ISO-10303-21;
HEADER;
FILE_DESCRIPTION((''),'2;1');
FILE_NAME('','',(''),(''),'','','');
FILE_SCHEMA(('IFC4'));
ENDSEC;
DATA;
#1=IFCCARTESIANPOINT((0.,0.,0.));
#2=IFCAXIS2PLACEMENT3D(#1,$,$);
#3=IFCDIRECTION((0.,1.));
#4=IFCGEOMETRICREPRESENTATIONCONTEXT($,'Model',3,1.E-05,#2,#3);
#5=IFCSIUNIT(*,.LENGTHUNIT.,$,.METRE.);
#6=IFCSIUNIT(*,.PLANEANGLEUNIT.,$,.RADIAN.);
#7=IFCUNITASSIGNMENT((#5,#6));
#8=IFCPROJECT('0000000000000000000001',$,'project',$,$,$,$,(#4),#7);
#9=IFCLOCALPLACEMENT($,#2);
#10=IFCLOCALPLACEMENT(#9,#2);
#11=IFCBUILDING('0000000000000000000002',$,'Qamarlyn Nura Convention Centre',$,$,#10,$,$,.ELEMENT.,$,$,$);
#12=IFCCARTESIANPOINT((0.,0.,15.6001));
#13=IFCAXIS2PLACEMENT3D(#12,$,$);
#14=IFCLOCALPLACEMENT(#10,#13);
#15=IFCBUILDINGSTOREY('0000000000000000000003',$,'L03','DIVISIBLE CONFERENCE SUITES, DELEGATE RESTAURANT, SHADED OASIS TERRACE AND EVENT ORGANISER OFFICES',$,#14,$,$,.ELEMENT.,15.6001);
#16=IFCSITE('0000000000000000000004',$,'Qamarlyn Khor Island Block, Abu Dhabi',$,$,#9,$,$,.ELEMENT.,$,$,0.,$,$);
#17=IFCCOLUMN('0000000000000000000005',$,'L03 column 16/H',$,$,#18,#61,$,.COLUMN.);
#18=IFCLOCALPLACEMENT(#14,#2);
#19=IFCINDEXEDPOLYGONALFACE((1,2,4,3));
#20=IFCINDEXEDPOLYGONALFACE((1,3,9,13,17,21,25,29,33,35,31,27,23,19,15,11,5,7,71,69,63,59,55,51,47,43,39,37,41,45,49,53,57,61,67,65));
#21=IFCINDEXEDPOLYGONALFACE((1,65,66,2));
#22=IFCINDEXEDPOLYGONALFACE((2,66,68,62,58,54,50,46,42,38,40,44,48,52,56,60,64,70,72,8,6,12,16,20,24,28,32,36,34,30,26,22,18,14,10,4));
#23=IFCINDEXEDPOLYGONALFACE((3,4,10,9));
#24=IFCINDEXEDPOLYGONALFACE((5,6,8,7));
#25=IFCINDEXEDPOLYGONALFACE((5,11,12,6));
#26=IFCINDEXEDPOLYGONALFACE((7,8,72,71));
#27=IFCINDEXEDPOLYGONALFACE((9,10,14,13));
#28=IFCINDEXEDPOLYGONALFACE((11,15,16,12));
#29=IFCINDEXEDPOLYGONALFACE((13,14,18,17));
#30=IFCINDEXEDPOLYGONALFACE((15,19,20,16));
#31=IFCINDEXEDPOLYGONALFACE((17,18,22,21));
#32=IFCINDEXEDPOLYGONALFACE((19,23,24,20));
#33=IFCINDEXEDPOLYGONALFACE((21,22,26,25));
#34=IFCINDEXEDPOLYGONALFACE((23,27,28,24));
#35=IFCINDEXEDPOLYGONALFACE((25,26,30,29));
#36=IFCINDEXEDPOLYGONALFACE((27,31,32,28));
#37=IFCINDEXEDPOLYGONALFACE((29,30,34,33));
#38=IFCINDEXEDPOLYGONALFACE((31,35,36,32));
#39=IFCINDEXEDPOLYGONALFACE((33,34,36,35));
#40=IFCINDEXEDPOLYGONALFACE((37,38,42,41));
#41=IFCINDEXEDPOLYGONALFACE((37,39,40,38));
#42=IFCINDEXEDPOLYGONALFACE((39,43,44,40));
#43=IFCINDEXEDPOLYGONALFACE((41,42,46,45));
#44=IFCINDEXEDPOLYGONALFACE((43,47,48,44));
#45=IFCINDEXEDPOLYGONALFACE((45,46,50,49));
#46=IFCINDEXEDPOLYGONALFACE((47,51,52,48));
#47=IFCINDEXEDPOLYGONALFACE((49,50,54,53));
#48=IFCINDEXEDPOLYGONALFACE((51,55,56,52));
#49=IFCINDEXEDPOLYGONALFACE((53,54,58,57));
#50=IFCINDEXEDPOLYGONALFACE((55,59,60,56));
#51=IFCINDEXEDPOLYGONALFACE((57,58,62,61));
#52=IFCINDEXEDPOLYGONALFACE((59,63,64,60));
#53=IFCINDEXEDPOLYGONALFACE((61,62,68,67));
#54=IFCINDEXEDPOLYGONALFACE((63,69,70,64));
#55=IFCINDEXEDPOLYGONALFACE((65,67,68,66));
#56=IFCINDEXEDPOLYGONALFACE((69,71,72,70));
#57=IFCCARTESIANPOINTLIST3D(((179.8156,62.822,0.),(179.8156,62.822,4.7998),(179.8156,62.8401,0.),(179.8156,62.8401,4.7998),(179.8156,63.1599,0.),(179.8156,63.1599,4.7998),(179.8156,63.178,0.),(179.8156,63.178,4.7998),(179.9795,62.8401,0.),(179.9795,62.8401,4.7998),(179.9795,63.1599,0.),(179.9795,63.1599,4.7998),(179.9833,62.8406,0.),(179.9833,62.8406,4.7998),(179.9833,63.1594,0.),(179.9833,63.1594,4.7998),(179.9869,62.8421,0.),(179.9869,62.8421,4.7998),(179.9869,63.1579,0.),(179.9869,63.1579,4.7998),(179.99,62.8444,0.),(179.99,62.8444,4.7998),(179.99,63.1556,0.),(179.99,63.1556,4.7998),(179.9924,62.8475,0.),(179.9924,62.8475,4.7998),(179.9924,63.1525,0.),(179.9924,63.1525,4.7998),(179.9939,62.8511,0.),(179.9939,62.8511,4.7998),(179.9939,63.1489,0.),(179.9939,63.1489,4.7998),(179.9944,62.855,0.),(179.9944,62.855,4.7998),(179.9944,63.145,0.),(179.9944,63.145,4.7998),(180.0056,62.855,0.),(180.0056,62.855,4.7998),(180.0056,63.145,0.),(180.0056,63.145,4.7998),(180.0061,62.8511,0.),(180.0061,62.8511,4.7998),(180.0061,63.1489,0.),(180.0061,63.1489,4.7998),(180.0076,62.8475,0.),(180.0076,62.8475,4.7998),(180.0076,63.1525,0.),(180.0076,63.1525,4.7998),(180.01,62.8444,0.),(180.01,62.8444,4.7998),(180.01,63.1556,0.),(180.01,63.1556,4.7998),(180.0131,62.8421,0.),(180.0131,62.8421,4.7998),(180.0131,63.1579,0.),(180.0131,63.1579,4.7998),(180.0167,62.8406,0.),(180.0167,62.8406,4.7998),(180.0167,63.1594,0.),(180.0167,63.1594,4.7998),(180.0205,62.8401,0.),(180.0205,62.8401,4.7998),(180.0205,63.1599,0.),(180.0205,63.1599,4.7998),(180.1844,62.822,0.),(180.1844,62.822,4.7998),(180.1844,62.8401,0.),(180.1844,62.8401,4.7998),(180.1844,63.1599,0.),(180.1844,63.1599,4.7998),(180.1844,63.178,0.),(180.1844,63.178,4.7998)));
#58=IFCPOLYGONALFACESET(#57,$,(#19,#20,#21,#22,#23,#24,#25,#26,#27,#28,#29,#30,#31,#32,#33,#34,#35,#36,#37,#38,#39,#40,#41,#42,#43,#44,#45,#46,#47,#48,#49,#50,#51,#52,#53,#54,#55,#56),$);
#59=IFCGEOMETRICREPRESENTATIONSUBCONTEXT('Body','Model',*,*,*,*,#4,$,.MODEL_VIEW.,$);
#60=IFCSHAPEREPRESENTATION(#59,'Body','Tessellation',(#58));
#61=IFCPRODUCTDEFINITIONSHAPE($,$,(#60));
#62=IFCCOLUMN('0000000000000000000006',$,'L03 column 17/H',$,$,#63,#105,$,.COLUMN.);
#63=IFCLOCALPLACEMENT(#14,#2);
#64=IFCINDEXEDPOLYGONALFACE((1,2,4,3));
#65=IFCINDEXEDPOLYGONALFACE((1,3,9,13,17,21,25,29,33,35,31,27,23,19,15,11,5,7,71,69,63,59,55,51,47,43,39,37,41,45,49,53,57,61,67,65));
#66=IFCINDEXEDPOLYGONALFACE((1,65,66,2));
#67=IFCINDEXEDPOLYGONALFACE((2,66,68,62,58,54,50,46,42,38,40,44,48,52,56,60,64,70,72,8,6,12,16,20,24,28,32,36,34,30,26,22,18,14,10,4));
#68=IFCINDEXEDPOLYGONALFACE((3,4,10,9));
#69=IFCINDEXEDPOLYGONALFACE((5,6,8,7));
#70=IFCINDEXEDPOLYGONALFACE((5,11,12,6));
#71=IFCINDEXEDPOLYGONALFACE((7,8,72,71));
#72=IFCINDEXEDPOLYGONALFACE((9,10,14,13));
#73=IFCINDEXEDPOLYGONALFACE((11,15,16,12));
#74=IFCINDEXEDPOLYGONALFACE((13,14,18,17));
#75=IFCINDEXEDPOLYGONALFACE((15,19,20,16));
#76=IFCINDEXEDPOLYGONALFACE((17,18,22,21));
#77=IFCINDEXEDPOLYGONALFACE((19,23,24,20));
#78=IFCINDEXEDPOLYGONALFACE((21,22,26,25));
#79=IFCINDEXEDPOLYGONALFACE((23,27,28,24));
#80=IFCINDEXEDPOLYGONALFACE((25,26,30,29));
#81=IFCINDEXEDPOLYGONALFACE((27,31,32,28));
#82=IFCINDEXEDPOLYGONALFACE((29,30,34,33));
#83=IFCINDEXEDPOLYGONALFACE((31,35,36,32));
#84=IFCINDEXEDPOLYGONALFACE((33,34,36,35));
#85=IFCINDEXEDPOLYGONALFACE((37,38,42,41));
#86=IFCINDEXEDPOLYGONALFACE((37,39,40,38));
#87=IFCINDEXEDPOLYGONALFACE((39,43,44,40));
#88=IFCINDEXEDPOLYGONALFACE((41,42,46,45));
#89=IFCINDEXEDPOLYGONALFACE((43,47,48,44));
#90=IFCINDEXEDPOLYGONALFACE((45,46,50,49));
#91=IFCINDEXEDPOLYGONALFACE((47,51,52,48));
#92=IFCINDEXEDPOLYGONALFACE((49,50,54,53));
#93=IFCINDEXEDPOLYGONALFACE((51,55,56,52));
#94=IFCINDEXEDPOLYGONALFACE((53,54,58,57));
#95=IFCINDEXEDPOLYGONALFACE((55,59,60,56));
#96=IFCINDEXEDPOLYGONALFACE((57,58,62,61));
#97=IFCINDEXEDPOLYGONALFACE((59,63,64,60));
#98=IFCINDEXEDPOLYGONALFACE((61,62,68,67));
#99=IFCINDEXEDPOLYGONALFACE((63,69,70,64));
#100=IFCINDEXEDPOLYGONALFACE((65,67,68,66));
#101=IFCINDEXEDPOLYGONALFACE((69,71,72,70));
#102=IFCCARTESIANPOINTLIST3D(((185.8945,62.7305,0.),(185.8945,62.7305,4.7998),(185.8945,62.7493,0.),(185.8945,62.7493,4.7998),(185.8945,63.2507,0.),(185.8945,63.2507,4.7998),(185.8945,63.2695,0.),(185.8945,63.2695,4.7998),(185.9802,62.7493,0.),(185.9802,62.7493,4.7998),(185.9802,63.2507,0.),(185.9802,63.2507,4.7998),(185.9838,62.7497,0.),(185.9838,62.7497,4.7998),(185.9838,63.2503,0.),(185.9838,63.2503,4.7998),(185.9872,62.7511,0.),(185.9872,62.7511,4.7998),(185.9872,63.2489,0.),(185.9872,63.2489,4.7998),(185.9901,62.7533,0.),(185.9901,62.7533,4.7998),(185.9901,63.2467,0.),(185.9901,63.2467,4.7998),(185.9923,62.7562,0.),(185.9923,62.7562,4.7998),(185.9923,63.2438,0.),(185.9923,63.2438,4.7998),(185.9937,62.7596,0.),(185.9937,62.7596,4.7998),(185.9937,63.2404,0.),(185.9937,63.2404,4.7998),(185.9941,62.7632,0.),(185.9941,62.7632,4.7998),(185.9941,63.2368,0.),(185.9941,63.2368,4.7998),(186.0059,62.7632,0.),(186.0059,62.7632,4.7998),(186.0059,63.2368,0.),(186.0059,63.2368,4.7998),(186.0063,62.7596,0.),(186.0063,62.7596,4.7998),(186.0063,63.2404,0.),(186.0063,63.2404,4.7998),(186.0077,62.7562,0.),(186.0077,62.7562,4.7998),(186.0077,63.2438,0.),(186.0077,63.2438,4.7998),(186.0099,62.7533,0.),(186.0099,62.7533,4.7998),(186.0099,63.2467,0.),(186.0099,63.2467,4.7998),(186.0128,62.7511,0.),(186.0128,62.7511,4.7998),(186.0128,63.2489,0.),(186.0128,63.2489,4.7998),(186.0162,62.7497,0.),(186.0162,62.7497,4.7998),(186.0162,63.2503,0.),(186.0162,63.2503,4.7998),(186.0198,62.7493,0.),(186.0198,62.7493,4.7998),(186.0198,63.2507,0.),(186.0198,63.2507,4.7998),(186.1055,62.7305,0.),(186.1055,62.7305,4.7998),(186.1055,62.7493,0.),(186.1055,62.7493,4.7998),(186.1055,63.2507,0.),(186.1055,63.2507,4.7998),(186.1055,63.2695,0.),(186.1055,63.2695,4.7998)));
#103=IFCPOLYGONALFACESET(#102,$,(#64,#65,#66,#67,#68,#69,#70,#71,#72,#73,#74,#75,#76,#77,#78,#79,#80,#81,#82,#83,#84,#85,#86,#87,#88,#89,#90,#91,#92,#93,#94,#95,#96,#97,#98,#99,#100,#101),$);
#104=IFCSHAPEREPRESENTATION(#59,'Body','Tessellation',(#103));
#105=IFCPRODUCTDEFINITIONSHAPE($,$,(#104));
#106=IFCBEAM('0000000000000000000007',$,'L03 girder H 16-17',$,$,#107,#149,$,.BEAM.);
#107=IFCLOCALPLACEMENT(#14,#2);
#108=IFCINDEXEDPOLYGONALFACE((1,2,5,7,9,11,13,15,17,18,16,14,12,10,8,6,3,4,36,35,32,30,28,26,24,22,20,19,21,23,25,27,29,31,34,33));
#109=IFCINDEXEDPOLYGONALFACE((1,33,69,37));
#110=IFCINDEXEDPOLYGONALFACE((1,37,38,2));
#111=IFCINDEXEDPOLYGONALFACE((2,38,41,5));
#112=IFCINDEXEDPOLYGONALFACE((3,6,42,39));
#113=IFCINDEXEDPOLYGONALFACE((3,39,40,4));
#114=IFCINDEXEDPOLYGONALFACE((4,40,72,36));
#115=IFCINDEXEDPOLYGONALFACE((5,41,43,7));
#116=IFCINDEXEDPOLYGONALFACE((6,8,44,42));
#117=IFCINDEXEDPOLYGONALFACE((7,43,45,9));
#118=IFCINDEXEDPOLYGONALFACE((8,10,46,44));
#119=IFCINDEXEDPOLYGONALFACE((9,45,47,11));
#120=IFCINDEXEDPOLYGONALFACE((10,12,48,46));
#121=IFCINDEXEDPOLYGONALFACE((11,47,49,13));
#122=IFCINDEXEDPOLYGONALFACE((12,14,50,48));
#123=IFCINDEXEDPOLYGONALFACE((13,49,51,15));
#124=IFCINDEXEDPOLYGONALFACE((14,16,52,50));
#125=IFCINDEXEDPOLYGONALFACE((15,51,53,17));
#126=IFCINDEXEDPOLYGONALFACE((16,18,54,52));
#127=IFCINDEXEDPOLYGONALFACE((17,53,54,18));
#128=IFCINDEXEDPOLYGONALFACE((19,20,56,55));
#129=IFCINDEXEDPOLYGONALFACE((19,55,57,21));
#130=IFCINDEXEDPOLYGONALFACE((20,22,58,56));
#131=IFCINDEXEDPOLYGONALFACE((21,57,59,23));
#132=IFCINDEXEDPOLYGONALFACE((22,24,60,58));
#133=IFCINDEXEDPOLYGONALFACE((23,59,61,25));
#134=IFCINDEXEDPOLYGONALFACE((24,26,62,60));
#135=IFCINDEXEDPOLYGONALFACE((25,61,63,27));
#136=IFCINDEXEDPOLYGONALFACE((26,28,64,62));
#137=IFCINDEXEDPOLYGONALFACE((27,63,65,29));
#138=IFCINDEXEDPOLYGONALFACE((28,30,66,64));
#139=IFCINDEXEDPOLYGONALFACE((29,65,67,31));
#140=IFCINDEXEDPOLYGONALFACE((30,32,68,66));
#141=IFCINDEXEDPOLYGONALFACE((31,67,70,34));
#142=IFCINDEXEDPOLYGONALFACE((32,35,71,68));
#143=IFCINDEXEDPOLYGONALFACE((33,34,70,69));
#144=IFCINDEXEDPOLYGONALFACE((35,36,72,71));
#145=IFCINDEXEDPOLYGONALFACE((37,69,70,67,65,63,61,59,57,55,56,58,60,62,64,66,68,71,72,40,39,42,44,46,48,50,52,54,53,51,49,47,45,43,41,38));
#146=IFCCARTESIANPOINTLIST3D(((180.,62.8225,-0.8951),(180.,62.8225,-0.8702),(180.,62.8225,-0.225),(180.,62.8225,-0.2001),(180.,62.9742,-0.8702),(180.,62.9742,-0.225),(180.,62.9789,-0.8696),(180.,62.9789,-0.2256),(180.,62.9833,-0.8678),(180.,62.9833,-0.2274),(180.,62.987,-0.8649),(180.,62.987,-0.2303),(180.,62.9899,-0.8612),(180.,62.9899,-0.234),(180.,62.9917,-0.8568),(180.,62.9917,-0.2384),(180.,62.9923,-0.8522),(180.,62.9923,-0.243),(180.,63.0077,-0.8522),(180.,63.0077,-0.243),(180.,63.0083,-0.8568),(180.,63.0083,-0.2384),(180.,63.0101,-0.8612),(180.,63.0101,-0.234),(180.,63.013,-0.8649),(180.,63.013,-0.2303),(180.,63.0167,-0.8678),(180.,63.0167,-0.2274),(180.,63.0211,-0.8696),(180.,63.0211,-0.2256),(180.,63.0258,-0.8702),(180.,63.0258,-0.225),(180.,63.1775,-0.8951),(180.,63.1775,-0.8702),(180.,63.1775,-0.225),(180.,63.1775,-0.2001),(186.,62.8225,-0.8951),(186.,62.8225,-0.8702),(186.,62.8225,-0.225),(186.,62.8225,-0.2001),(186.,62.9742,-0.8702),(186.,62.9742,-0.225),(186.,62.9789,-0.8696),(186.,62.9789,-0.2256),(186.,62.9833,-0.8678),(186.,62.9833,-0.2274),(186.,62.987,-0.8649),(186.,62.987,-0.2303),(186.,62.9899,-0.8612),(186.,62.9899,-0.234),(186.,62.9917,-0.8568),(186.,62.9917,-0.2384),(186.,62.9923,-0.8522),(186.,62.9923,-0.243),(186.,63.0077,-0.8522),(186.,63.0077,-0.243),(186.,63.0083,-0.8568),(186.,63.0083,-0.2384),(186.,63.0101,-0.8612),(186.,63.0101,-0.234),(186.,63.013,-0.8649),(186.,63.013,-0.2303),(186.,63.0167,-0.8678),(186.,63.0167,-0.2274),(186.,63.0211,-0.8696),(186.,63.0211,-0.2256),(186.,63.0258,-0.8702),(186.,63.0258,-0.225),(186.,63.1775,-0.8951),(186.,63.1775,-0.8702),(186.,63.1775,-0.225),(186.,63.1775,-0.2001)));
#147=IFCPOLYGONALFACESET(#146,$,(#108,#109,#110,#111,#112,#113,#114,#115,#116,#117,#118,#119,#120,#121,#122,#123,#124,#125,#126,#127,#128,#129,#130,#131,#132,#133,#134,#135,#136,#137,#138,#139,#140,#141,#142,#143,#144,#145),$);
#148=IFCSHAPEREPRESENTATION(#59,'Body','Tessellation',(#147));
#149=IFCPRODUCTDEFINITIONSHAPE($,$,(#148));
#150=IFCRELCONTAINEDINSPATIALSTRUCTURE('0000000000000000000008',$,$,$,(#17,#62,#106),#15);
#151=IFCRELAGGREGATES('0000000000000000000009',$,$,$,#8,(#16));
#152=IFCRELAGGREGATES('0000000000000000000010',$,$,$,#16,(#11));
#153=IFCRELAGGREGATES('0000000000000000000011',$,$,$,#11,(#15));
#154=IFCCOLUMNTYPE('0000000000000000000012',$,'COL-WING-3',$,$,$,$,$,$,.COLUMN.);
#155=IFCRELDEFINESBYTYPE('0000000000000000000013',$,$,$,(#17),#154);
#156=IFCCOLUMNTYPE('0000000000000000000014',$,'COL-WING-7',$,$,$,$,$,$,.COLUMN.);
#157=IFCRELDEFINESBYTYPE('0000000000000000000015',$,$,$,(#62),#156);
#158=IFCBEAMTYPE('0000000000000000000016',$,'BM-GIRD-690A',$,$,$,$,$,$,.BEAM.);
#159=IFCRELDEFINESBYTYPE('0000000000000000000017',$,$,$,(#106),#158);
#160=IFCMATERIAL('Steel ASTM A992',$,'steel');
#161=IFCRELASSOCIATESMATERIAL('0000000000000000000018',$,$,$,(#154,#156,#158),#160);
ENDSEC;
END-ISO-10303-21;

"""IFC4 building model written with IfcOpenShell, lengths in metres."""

from ifc_helpers import new_model, si_unit, direction, frame, origin, origin_2d, place, context, subcontext, project, spatial, i_section, extrude, material, material_profile, profile_set, type_object, element, save


model = new_model("IFC4")

# Units and contexts
model_context = context("Model", 3, precision=1e-05, world=origin(), true_north=direction((0.0, 1.0)))
body_context = subcontext(model_context, "Body", "Model", "MODEL_VIEW")
ifc_project = project(units=[si_unit("LENGTHUNIT", "METRE"), si_unit("PLANEANGLEUNIT", "RADIAN")], contexts=[model_context])

# Site, building, storey
site_placement = place(None, origin())
site = spatial("IfcSite", under=ifc_project, at=site_placement, Name="Qamarlyn Khor Island Block, Abu Dhabi", CompositionType="ELEMENT", RefElevation=0.0)
building_placement = place(site_placement, origin())
building = spatial("IfcBuilding", under=site, at=building_placement, Name="Qamarlyn Nura Convention Centre", CompositionType="ELEMENT")
storey_placement = place(building_placement, frame((0.0, 0.0, 15.6001)))
storey = spatial("IfcBuildingStorey", under=building, at=storey_placement, Name="L03", Description="DIVISIBLE CONFERENCE SUITES, DELEGATE RESTAURANT, SHADED OASIS TERRACE AND EVENT ORGANISER OFFICES", CompositionType="ELEMENT", Elevation=15.6001)

# Columns
ifc_material_1 = material(Name="Steel ASTM A992", Category="steel")
ifc_material_profile_1 = material_profile(ifc_material_1, i_section(OverallWidth=0.3689, OverallDepth=0.356, WebThickness=0.0112, FlangeThickness=0.0181, FilletRadius=0.0149, at=origin_2d()), Name="W360X134")
ifc_profile_set_1 = profile_set([ifc_material_profile_1], Name="Steel ASTM A992")
column_type_1 = type_object("IfcColumnType", Name="COL-WING-3", PredefinedType="COLUMN", material=ifc_profile_set_1)
column_1_placement = place(storey_placement, frame((180.0, 63.0, 0.0), z_axis=(0.0, 0.0, 1.0), x_axis=(1.0, 0.0, 0.0)))
element("IfcColumn", 1, at=column_1_placement, inside=storey, type_object=column_type_1, Name="L03 column 16/H", PredefinedType="COLUMN", context=body_context, shape_type="SweptSolid", body=[
    extrude(i_section(OverallWidth=0.3689, OverallDepth=0.356, WebThickness=0.0112, FlangeThickness=0.0181, FilletRadius=0.0149, at=origin_2d()), origin(), (0.0, 0.0, 1.0), 4.7998),
])
ifc_material_profile_2 = material_profile(ifc_material_1, i_section(OverallWidth=0.2109, OverallDepth=0.5391, WebThickness=0.0117, FlangeThickness=0.0188, FilletRadius=0.0139, at=origin_2d()), Name="W530X109")
ifc_profile_set_2 = profile_set([ifc_material_profile_2], Name="Steel ASTM A992")
column_type_2 = type_object("IfcColumnType", Name="COL-WING-7", PredefinedType="COLUMN", material=ifc_profile_set_2)
column_2_placement = place(storey_placement, frame((186.0, 63.0, 0.0), z_axis=(0.0, 0.0, 1.0), x_axis=(1.0, 0.0, 0.0)))
element("IfcColumn", 2, at=column_2_placement, inside=storey, type_object=column_type_2, Name="L03 column 17/H", PredefinedType="COLUMN", context=body_context, shape_type="SweptSolid", body=[
    extrude(i_section(OverallWidth=0.2109, OverallDepth=0.5391, WebThickness=0.0117, FlangeThickness=0.0188, FilletRadius=0.0139, at=origin_2d()), origin(), (0.0, 0.0, 1.0), 4.7998),
])

# Beam
ifc_material_profile_3 = material_profile(ifc_material_1, i_section(OverallWidth=0.355, OverallDepth=0.6951, WebThickness=0.0154, FlangeThickness=0.0249, FilletRadius=0.0181, at=origin_2d()), Name="W690X217")
ifc_profile_set_3 = profile_set([ifc_material_profile_3], Name="Steel ASTM A992")
beam_type_1 = type_object("IfcBeamType", Name="BM-GIRD-690A", PredefinedType="BEAM", material=ifc_profile_set_3)
beam_1_placement = place(storey_placement, frame((180.0, 63.0, -0.5476), z_axis=(1.0, 0.0, 0.0), x_axis=(0.0, 1.0, 0.0)))
element("IfcBeam", 3, at=beam_1_placement, inside=storey, type_object=beam_type_1, Name="L03 girder H 16-17", PredefinedType="BEAM", context=body_context, shape_type="SweptSolid", body=[
    extrude(i_section(OverallWidth=0.355, OverallDepth=0.6951, WebThickness=0.0154, FlangeThickness=0.0249, FilletRadius=0.0181, at=origin_2d()), origin(), (0.0, 0.0, 1.0), 6.0),
])

save(model, "model.ifc")
